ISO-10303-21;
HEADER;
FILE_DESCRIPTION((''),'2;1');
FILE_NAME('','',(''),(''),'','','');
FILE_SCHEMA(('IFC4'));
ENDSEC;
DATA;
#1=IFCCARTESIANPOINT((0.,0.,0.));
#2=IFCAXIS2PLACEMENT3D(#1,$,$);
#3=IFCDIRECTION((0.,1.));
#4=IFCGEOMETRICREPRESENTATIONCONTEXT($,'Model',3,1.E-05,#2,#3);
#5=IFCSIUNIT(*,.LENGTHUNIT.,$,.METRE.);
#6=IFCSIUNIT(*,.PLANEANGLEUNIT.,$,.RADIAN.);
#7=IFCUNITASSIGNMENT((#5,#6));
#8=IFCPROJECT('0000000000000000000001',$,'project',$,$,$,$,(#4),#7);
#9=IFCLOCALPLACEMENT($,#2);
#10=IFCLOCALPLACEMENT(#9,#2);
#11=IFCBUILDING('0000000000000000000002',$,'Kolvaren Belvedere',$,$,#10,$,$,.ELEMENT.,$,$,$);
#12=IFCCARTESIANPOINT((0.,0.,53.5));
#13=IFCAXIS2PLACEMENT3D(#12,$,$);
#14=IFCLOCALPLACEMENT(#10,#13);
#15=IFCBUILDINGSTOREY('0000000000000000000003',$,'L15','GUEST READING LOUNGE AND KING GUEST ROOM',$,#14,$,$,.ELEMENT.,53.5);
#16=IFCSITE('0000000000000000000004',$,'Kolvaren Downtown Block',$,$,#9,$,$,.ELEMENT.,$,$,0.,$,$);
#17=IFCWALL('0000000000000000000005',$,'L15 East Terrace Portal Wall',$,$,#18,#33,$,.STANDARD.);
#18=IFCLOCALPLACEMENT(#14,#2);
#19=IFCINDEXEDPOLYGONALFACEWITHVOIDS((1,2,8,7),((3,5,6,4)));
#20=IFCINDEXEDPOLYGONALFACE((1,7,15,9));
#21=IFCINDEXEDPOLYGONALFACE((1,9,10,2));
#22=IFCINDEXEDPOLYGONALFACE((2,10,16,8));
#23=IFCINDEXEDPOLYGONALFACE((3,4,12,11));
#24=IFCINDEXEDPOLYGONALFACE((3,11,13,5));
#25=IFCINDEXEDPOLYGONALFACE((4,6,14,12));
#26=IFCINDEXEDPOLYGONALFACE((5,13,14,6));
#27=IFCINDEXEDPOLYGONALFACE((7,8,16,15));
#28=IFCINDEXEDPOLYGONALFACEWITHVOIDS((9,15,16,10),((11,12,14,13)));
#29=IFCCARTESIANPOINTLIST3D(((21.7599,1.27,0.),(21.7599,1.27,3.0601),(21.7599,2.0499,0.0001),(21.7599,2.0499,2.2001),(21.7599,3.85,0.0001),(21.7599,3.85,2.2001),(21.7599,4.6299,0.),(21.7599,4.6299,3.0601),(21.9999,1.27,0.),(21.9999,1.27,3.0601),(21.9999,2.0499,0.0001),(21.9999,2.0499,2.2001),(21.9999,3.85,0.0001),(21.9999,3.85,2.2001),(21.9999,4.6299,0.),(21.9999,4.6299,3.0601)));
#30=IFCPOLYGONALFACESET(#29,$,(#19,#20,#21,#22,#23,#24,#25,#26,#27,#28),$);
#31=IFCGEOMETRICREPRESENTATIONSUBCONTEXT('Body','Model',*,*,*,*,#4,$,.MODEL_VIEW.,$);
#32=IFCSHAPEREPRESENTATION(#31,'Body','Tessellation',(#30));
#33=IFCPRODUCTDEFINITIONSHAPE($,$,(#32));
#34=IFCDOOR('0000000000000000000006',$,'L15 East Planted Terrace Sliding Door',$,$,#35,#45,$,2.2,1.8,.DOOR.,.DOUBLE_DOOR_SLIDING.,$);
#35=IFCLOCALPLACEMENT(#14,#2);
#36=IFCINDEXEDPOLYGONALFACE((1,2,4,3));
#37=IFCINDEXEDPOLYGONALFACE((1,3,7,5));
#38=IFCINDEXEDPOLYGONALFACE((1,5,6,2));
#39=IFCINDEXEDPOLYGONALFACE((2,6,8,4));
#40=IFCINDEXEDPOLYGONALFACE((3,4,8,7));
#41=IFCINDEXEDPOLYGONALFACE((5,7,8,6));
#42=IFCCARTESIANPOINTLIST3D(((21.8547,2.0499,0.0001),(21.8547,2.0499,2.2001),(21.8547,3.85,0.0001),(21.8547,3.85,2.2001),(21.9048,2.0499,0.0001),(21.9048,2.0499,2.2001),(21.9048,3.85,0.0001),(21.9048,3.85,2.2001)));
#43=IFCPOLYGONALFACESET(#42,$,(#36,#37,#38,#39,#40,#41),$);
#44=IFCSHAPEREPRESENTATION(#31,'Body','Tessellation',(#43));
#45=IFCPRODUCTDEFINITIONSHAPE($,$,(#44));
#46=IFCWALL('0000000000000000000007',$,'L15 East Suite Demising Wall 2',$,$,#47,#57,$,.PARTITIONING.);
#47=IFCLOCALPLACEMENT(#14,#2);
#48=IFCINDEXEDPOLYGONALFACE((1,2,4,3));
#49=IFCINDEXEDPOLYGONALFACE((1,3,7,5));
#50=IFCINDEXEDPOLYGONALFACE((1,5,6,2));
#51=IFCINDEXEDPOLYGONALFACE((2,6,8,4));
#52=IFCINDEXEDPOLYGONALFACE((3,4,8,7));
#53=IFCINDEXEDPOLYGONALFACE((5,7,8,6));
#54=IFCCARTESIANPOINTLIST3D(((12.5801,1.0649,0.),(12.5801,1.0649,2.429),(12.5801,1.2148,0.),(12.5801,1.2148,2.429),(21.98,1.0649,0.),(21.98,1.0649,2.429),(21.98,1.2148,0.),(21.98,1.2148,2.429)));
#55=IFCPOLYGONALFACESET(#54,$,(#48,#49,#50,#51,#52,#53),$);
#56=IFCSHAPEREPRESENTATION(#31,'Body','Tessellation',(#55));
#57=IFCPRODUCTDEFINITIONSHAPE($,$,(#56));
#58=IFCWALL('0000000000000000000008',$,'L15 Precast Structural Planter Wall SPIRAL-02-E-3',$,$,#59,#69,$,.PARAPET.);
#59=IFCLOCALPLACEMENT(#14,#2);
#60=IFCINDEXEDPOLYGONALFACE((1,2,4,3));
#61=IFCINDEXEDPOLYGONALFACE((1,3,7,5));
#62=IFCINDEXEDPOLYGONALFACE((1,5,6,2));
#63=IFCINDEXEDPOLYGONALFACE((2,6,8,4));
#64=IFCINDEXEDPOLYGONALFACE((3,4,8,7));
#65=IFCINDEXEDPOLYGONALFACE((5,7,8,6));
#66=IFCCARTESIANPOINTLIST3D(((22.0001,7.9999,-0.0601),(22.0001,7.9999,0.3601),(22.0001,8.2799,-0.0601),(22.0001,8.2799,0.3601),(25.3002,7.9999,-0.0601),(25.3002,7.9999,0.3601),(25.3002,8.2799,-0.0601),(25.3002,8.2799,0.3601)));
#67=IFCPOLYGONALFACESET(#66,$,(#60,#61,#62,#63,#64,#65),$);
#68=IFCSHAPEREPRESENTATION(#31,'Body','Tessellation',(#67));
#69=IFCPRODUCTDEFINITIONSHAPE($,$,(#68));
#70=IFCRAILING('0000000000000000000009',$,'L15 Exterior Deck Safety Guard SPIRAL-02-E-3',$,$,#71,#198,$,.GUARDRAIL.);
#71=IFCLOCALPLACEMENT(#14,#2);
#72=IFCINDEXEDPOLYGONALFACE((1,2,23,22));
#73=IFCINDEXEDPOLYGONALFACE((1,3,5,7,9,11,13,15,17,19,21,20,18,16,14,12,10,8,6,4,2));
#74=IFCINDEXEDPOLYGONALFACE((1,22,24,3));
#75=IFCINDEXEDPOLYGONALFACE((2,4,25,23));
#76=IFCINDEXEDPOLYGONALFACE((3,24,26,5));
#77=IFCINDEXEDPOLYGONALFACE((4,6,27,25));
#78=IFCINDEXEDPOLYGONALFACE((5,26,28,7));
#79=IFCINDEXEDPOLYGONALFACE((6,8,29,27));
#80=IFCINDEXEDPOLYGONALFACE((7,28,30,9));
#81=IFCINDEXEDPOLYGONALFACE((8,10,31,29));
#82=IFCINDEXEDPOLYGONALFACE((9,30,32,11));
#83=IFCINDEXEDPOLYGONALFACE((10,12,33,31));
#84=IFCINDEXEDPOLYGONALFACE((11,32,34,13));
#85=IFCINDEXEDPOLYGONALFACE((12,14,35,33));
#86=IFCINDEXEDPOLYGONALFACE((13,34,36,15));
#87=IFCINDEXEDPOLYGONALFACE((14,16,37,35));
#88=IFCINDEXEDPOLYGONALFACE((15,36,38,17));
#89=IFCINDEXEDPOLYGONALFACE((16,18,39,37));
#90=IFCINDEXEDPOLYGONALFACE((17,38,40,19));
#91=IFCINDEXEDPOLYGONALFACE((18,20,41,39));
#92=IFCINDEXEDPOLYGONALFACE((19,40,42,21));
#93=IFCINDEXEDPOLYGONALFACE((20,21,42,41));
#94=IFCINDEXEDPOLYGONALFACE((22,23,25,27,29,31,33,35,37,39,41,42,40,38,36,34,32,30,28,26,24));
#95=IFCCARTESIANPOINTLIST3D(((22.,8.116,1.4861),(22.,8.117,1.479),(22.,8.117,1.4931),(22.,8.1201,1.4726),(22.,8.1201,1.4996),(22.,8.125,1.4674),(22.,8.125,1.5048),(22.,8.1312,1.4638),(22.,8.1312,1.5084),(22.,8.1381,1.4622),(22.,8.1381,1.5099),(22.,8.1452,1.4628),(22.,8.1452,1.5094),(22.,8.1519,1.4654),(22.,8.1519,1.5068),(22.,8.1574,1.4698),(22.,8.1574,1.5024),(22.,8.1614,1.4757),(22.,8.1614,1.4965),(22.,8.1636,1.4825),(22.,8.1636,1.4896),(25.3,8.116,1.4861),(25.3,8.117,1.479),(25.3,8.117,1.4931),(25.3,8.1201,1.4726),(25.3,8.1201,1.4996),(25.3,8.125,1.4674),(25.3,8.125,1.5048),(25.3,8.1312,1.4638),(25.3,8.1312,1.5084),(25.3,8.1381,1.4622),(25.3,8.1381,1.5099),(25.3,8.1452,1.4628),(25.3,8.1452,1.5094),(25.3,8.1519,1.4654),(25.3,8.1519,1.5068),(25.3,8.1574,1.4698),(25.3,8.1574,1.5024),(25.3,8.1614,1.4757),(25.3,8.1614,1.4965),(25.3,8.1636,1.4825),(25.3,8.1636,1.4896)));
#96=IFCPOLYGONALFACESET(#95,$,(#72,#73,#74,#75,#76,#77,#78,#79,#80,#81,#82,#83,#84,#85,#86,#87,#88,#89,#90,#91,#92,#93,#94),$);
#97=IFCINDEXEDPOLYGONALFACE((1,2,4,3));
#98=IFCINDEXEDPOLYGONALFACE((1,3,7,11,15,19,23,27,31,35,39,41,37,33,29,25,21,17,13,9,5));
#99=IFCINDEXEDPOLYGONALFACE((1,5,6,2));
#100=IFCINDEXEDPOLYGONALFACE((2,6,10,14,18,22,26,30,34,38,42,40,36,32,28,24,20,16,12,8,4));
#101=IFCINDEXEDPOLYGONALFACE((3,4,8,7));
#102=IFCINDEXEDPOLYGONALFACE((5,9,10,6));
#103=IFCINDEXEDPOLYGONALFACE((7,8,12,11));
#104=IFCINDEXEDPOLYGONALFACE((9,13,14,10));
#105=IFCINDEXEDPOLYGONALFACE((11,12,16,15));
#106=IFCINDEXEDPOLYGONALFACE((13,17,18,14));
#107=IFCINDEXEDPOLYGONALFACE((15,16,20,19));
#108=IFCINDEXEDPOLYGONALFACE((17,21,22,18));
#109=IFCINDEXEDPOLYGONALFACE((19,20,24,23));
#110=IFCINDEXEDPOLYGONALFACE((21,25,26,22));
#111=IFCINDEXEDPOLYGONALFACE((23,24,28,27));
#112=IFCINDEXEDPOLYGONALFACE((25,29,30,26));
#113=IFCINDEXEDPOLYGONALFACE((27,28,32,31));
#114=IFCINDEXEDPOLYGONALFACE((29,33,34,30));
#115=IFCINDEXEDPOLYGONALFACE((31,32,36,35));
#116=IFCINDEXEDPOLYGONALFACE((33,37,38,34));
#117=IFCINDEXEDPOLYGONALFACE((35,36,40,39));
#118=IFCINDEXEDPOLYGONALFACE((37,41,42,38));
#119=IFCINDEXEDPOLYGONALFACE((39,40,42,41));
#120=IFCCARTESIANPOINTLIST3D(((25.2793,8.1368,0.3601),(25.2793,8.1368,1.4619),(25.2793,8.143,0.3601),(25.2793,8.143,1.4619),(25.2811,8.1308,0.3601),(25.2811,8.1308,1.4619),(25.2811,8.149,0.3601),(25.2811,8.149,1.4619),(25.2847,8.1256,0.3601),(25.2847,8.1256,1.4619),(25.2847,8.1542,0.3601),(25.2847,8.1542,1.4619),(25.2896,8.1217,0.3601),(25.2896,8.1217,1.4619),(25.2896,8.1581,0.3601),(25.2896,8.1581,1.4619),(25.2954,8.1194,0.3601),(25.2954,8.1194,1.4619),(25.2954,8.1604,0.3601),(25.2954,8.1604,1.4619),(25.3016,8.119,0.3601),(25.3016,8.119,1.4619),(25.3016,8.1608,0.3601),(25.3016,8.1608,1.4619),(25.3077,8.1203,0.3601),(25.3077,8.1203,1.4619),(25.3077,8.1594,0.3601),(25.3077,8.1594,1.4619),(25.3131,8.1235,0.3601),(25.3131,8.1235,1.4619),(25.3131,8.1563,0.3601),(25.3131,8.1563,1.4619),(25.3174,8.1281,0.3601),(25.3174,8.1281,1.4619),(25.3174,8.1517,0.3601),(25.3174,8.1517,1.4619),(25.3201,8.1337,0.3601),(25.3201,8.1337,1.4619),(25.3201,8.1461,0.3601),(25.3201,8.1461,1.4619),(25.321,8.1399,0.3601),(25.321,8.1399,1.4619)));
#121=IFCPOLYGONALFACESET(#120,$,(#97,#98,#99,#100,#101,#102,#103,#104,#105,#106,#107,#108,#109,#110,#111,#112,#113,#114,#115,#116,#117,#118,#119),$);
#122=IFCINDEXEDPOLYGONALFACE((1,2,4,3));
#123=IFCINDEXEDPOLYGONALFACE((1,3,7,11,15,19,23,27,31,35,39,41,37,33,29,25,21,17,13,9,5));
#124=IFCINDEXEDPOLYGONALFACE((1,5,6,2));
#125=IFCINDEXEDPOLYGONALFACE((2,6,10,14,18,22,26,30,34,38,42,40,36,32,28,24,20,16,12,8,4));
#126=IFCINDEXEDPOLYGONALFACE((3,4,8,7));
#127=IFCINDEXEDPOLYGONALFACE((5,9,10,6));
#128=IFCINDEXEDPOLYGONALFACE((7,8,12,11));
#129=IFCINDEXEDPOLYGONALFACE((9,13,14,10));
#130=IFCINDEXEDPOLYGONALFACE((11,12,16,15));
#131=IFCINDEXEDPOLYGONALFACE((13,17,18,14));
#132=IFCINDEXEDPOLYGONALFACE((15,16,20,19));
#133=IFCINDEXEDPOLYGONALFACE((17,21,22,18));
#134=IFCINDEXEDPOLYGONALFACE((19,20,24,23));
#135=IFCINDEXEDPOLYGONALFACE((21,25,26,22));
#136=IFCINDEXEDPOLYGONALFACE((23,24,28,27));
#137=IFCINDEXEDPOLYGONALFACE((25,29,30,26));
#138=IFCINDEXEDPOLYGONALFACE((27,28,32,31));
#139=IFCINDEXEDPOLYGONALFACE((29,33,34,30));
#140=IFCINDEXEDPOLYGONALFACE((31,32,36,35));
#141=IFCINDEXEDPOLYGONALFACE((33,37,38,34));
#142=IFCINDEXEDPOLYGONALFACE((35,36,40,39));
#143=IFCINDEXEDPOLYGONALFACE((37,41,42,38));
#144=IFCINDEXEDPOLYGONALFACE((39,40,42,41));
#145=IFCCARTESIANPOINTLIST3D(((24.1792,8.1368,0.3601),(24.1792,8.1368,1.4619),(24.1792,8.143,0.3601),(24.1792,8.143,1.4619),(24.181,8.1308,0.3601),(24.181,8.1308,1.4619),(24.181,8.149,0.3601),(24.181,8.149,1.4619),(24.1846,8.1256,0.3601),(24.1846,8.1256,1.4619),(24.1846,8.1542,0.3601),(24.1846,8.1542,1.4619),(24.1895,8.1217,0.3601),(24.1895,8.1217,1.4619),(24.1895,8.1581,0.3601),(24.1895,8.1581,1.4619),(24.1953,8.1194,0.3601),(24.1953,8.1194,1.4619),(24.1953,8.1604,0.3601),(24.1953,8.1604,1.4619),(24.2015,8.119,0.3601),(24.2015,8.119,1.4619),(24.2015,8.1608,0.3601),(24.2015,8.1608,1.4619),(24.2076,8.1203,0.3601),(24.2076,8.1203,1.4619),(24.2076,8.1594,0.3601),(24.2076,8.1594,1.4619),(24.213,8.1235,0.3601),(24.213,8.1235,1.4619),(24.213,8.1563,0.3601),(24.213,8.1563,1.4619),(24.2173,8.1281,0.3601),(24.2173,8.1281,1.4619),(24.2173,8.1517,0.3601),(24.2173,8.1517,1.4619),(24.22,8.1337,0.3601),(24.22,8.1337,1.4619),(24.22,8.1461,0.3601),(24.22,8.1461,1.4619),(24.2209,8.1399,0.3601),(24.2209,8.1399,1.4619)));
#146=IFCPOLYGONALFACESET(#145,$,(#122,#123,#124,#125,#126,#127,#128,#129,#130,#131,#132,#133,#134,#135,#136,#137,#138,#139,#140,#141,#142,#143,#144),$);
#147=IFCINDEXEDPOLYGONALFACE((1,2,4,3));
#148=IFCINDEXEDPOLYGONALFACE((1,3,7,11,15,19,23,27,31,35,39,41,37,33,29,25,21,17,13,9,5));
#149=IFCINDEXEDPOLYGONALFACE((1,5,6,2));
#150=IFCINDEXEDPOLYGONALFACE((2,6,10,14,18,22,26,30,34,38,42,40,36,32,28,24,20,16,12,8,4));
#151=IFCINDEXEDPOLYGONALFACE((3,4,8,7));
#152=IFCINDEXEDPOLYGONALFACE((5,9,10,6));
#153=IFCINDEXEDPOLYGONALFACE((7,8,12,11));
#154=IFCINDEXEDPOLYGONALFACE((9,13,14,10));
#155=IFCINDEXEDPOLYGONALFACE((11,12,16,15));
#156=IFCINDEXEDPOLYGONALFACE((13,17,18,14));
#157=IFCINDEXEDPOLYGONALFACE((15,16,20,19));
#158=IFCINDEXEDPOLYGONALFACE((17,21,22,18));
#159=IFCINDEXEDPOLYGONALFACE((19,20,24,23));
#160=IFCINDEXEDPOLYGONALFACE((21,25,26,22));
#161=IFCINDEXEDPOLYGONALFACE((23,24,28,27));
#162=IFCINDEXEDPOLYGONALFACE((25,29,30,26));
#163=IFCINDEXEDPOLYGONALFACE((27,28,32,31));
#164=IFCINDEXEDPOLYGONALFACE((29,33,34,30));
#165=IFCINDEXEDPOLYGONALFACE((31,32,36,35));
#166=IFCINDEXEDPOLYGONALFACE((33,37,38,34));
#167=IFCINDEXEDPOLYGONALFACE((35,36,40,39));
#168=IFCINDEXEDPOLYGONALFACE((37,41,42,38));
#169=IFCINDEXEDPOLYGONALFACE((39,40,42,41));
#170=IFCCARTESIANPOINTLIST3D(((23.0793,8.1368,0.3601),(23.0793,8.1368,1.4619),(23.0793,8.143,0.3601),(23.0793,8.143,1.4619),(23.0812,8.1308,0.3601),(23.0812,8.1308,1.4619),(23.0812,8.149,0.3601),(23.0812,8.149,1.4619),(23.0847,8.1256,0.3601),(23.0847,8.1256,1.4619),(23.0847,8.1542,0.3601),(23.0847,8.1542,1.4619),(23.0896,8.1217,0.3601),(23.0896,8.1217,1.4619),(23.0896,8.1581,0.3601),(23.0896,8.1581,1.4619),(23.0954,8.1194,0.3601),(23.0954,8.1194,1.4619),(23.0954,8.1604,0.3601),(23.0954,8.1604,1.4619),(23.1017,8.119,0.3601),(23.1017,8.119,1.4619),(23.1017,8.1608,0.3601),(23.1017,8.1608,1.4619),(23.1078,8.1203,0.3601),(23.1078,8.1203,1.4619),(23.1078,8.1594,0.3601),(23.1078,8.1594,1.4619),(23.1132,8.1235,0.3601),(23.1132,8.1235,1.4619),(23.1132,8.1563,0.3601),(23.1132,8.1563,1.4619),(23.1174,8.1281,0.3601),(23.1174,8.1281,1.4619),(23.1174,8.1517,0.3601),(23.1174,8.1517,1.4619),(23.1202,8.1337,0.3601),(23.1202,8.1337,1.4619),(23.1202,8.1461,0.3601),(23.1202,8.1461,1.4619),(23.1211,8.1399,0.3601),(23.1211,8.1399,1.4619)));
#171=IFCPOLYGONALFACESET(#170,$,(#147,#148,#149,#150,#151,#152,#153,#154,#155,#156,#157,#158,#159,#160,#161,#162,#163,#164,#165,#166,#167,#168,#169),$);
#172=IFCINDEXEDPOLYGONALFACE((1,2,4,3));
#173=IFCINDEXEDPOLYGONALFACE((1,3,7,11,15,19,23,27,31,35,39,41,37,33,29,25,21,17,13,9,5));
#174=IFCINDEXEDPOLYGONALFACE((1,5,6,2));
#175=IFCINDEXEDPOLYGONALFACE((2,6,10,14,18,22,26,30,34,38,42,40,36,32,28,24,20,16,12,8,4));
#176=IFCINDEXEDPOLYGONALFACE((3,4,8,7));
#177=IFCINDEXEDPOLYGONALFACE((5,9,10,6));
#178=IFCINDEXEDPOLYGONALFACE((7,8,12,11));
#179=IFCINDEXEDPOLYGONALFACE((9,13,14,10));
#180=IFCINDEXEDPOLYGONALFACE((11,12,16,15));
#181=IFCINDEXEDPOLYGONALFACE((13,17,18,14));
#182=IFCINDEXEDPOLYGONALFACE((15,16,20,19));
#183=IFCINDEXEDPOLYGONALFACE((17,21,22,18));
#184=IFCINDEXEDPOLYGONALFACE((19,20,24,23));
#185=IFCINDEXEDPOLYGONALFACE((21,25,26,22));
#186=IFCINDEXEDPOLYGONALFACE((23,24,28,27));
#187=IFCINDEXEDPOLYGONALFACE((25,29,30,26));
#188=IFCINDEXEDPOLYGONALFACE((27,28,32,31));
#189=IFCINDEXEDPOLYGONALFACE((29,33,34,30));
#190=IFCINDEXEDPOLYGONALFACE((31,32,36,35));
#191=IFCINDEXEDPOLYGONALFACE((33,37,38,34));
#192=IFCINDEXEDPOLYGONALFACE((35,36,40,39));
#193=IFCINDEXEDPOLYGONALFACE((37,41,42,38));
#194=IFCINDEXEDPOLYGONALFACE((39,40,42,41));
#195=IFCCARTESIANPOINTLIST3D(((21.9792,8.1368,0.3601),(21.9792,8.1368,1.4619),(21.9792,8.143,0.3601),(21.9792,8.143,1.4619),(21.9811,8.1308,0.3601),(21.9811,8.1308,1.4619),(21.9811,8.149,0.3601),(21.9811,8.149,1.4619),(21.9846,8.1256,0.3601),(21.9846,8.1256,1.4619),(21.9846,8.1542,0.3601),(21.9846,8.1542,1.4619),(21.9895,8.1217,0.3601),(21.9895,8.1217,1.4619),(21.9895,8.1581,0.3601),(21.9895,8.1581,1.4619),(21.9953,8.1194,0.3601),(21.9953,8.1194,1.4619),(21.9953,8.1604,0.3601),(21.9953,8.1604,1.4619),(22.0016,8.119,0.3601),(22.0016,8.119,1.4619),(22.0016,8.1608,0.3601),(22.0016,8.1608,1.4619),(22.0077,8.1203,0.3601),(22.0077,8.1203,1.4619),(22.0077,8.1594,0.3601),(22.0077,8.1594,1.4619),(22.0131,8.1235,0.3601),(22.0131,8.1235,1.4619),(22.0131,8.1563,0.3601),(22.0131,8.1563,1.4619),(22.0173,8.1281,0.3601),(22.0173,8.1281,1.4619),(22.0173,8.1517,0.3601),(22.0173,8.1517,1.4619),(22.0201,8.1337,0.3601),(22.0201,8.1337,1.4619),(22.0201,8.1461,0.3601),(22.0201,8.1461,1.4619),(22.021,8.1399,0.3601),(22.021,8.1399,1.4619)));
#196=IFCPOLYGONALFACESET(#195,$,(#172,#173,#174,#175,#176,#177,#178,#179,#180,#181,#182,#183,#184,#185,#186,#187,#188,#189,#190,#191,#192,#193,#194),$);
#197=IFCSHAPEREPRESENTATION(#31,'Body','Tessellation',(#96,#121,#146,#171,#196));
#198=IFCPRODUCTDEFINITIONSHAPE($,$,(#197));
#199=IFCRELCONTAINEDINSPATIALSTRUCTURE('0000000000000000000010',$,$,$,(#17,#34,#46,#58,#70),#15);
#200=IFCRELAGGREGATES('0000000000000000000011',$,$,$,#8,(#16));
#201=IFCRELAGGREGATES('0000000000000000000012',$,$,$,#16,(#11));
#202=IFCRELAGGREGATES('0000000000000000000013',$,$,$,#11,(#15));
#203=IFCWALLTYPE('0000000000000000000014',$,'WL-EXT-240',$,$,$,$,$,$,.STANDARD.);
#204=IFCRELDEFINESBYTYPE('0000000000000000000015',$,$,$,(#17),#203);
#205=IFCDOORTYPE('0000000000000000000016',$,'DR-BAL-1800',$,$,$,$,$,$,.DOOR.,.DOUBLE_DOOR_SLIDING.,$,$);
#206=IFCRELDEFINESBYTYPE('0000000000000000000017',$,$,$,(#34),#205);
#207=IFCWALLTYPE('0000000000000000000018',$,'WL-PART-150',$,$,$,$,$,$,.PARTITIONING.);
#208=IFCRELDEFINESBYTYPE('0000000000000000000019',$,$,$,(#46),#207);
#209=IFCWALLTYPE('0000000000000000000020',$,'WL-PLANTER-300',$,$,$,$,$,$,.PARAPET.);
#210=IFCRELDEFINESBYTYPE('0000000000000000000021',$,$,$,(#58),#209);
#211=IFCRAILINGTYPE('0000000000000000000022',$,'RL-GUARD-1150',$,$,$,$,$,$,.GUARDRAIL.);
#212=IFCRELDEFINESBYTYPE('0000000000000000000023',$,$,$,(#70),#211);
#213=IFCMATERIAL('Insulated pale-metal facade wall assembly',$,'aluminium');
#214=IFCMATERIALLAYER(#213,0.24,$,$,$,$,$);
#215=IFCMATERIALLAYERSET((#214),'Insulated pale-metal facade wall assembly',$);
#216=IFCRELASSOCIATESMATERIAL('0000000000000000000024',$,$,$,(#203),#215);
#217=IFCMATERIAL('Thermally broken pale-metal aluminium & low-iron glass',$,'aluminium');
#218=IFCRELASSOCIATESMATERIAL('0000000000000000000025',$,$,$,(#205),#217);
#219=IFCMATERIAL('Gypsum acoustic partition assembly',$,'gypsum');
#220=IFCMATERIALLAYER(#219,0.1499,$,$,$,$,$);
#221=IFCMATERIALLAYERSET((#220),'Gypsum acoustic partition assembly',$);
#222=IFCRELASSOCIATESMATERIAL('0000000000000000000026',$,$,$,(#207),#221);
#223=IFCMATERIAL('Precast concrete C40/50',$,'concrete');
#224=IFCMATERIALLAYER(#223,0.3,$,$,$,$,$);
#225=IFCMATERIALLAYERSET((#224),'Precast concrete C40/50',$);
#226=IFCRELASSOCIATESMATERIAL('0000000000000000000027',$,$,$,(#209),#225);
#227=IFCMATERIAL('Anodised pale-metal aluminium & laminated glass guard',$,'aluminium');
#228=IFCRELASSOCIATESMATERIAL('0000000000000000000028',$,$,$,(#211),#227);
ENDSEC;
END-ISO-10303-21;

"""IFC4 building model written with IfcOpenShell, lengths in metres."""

from ifc_helpers import new_model, si_unit, direction, frame, frame_2d, origin, origin_2d, place, context, subcontext, project, spatial, rectangle, circle, extrude, material, layer, layer_set, type_object, element, fill, save


model = new_model("IFC4")

# Units and contexts
model_context = context("Model", 3, precision=1e-05, world=origin(), true_north=direction((0.0, 1.0)))
body_context = subcontext(model_context, "Body", "Model", "MODEL_VIEW")
ifc_project = project(units=[si_unit("LENGTHUNIT", "METRE"), si_unit("PLANEANGLEUNIT", "RADIAN")], contexts=[model_context])

# Site, building, storey
site_placement = place(None, origin())
site = spatial("IfcSite", under=ifc_project, at=site_placement, Name="Kolvaren Downtown Block", CompositionType="ELEMENT", RefElevation=0.0)
building_placement = place(site_placement, origin())
building = spatial("IfcBuilding", under=site, at=building_placement, Name="Kolvaren Belvedere", CompositionType="ELEMENT")
storey_placement = place(building_placement, frame((0.0, 0.0, 53.5)))
storey = spatial("IfcBuildingStorey", under=building, at=storey_placement, Name="L15", Description="GUEST READING LOUNGE AND KING GUEST ROOM", CompositionType="ELEMENT", Elevation=53.5)

# Wall, opening, door
ifc_material_1 = material(Name="Insulated pale-metal facade wall assembly", Category="aluminium")
ifc_layer_1 = layer(ifc_material_1, 0.24)
ifc_layer_set_1 = layer_set([ifc_layer_1], Name="Insulated pale-metal facade wall assembly")
wall_type_1 = type_object("IfcWallType", Name="WL-EXT-240", PredefinedType="STANDARD", material=ifc_layer_set_1)
wall_1_placement = place(storey_placement, frame((21.8799, 4.6299, 0.0), z_axis=(0.0, 0.0, 1.0), x_axis=(0.0, -1.0, 0.0)))
wall_1 = element("IfcWall", 1, at=wall_1_placement, inside=storey, type_object=wall_type_1, Name="L15 East Terrace Portal Wall", PredefinedType="STANDARD", context=body_context, shape_type="SweptSolid", body=[
    extrude(rectangle(XDim=3.3599, YDim=0.24, at=frame_2d((1.6799, 0.0))), origin(), (0.0, 0.0, 1.0), 3.0601),
])
opening_placement = place(wall_1_placement, frame((0.78, 0.0, 0.0)))
opening = element("IfcOpeningElement", 2, at=opening_placement, cuts=wall_1, PredefinedType="OPENING", context=body_context, shape_type="SweptSolid", body=[
    extrude(rectangle(XDim=1.8, YDim=2.2, at=frame_2d((0.8999, 1.1001))), frame((0.0, 0.1299, 0.0), z_axis=(0.0, -1.0, 0.0), x_axis=(1.0, 0.0, 0.0)), (0.0, 0.0, 1.0), 0.26),
])
ifc_material_2 = material(Name="Thermally broken pale-metal aluminium & low-iron glass", Category="aluminium")
door_type = type_object("IfcDoorType", Name="DR-BAL-1800", OperationType="DOUBLE_DOOR_SLIDING", PredefinedType="DOOR", material=ifc_material_2)
door_placement = place(opening_placement, origin())
door = element("IfcDoor", 3, at=door_placement, inside=storey, type_object=door_type, Name="L15 East Planted Terrace Sliding Door", OperationType="DOUBLE_DOOR_SLIDING", OverallHeight=2.2, OverallWidth=1.8, PredefinedType="DOOR", context=body_context, shape_type="SweptSolid", body=[
    extrude(rectangle(XDim=1.8, YDim=2.2, at=frame_2d((0.8999, 1.1001))), frame((0.0, 0.0249, 0.0), z_axis=(0.0, -1.0, 0.0), x_axis=(1.0, 0.0, 0.0)), (0.0, 0.0, 1.0), 0.05),
])
fill(opening, door)

# Walls
ifc_material_3 = material(Name="Gypsum acoustic partition assembly", Category="gypsum")
ifc_layer_2 = layer(ifc_material_3, 0.1499)
ifc_layer_set_2 = layer_set([ifc_layer_2], Name="Gypsum acoustic partition assembly")
wall_type_2 = type_object("IfcWallType", Name="WL-PART-150", PredefinedType="PARTITIONING", material=ifc_layer_set_2)
wall_2_placement = place(storey_placement, frame((12.5801, 1.1399, 0.0), z_axis=(0.0, 0.0, 1.0), x_axis=(1.0, 0.0, 0.0)))
element("IfcWall", 4, at=wall_2_placement, inside=storey, type_object=wall_type_2, Name="L15 East Suite Demising Wall 2", PredefinedType="PARTITIONING", context=body_context, shape_type="SweptSolid", body=[
    extrude(rectangle(XDim=9.3999, YDim=0.1499, at=frame_2d((4.7, 0.0))), origin(), (0.0, 0.0, 1.0), 2.429),
])
ifc_material_4 = material(Name="Precast concrete C40/50", Category="concrete")
ifc_layer_3 = layer(ifc_material_4, 0.3)
ifc_layer_set_3 = layer_set([ifc_layer_3], Name="Precast concrete C40/50")
wall_type_3 = type_object("IfcWallType", Name="WL-PLANTER-300", PredefinedType="PARAPET", material=ifc_layer_set_3)
wall_3_placement = place(storey_placement, frame((25.3, 8.1399, -0.0601), z_axis=(0.0, 0.0, 1.0), x_axis=(-1.0, 0.0, 0.0)))
element("IfcWall", 5, at=wall_3_placement, inside=storey, type_object=wall_type_3, Name="L15 Precast Structural Planter Wall SPIRAL-02-E-3", PredefinedType="PARAPET", context=body_context, shape_type="SweptSolid", body=[
    extrude(rectangle(XDim=3.3, YDim=0.28, at=frame_2d((1.6499, 0.0))), origin(), (0.0, 0.0, 1.0), 0.4202),
])

# Railing
ifc_material_5 = material(Name="Anodised pale-metal aluminium & laminated glass guard", Category="aluminium")
railing_type = type_object("IfcRailingType", Name="RL-GUARD-1150", PredefinedType="GUARDRAIL", material=ifc_material_5)
railing_placement = place(storey_placement, frame((25.3, 8.1399, 0.3601)))
element("IfcRailing", 6, at=railing_placement, inside=storey, type_object=railing_type, Name="L15 Exterior Deck Safety Guard SPIRAL-02-E-3", PredefinedType="GUARDRAIL", context=body_context, shape_type="SweptSolid", body=[
    extrude(circle(Radius=0.0239, at=origin_2d()), frame((0.0, 0.0, 1.126), z_axis=(-1.0, 0.0, 0.0), x_axis=(0.0, -1.0, 0.0)), (0.0, 0.0, 1.0), 3.3),
    extrude(circle(Radius=0.021, at=origin_2d()), origin(), (0.0, 0.0, 1.0), 1.1018),
    extrude(circle(Radius=0.021, at=origin_2d()), frame((-1.1001, 0.0, 0.0)), (0.0, 0.0, 1.0), 1.1018),
    extrude(circle(Radius=0.021, at=origin_2d()), frame((-2.2, 0.0, 0.0)), (0.0, 0.0, 1.0), 1.1018),
    extrude(circle(Radius=0.021, at=origin_2d()), frame((-3.3, 0.0, 0.0)), (0.0, 0.0, 1.0), 1.1018),
])

save(model, "model.ifc")
